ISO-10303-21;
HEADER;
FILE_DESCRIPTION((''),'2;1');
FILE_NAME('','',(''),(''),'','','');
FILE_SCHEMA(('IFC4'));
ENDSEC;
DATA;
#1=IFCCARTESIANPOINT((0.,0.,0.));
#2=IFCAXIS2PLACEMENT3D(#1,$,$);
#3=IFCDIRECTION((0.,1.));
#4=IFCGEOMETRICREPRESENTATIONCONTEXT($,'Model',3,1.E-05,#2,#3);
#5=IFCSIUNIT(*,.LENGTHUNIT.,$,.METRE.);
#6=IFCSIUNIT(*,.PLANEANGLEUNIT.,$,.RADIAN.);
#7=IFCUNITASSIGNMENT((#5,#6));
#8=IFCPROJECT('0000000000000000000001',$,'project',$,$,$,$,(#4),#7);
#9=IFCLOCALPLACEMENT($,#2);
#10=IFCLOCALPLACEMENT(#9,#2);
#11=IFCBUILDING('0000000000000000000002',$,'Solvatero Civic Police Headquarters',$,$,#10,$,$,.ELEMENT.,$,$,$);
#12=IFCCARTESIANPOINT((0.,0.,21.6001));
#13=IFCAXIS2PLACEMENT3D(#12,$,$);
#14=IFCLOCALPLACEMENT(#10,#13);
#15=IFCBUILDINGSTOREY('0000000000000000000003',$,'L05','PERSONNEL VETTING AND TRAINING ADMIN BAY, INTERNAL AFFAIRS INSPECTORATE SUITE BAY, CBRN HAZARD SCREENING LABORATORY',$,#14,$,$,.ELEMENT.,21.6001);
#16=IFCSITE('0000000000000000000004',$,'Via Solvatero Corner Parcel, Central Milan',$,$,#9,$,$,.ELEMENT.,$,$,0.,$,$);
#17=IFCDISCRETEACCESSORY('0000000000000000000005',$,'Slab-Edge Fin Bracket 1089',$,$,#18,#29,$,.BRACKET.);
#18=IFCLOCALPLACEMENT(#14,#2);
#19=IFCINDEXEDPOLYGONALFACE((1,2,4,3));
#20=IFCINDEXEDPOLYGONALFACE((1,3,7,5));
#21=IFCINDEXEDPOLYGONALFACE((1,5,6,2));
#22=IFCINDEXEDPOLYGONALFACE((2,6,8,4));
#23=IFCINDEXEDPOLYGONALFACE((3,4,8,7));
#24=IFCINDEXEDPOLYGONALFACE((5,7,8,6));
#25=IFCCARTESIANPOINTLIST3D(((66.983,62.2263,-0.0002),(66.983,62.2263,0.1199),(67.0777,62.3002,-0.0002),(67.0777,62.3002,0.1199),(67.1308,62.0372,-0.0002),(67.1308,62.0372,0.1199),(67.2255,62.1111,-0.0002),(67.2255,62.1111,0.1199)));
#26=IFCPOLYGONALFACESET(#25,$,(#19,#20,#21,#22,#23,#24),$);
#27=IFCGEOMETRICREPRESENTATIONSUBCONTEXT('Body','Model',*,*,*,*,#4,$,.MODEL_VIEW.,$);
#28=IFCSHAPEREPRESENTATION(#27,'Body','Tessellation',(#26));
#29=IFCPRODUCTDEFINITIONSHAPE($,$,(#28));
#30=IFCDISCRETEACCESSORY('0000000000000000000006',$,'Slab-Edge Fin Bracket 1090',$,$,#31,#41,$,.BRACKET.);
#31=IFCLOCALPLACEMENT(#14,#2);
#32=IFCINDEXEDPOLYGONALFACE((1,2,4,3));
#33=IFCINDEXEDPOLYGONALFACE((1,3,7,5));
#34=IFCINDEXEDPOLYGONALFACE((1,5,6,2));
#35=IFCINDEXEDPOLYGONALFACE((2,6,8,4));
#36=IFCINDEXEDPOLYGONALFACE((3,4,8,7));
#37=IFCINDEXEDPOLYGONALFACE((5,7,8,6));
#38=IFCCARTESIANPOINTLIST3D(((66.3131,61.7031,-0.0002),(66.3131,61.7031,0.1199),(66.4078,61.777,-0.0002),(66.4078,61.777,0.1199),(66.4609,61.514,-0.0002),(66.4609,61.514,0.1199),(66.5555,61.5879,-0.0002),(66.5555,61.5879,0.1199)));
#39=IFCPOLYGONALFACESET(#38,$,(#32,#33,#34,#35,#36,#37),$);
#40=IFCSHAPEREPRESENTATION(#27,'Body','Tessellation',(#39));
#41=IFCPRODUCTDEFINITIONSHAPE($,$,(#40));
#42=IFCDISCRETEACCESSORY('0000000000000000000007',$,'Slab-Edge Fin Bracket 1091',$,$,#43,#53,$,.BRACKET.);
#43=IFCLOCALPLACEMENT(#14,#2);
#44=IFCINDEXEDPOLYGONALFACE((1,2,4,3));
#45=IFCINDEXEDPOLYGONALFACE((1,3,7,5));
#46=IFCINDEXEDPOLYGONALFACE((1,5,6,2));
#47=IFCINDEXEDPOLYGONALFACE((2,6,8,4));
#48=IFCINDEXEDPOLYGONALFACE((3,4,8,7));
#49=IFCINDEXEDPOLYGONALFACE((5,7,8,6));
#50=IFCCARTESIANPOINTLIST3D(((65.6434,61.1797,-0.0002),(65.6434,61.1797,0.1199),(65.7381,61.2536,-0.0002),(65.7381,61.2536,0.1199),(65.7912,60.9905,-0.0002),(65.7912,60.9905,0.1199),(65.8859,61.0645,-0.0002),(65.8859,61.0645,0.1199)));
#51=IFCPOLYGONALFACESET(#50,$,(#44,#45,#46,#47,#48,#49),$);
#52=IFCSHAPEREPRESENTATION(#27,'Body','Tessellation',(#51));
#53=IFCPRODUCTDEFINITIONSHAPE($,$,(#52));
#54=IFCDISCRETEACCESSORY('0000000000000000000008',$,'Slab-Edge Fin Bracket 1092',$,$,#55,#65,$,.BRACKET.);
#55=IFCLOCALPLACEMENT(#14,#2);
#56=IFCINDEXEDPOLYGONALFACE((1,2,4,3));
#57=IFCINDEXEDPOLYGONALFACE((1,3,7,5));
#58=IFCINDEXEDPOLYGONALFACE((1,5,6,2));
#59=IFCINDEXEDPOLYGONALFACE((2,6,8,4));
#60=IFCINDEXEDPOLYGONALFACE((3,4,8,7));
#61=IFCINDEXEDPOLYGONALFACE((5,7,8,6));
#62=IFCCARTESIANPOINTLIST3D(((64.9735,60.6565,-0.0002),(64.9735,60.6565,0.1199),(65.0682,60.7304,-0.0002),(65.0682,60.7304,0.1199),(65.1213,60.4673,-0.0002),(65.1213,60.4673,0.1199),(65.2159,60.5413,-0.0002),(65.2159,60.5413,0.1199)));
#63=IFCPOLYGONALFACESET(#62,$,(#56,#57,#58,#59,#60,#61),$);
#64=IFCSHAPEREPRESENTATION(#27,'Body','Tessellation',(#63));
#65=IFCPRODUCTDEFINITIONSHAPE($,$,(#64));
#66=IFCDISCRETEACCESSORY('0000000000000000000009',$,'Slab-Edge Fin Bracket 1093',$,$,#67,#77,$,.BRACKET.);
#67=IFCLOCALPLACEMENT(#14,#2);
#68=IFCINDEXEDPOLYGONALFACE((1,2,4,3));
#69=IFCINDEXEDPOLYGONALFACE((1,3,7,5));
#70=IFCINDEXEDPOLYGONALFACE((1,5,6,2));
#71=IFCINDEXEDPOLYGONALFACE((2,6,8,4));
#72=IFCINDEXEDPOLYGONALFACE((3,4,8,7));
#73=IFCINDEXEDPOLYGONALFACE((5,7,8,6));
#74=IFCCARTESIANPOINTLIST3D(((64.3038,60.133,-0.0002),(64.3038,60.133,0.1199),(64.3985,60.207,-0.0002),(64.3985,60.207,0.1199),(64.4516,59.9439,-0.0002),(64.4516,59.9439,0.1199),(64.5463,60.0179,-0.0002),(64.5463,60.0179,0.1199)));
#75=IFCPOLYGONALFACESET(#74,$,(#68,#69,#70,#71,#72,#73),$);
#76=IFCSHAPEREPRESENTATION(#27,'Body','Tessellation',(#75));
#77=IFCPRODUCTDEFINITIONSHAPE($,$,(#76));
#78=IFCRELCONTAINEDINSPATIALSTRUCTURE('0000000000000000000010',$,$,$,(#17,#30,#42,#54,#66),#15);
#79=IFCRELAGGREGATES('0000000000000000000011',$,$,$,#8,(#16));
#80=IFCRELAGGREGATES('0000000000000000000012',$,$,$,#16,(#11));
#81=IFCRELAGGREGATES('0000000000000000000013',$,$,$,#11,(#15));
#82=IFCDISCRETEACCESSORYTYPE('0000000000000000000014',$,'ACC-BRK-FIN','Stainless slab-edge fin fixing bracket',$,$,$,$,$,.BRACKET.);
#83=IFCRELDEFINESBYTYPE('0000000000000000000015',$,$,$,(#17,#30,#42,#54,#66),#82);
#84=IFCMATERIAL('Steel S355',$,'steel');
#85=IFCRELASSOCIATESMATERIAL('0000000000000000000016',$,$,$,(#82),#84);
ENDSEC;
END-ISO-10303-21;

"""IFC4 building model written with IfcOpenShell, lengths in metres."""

from ifc_helpers import new_model, si_unit, direction, frame, origin, origin_2d, place, context, subcontext, project, spatial, rectangle, extrude, material, type_object, element, save


model = new_model("IFC4")

# Units and contexts
model_context = context("Model", 3, precision=1e-05, world=origin(), true_north=direction((0.0, 1.0)))
body_context = subcontext(model_context, "Body", "Model", "MODEL_VIEW")
ifc_project = project(units=[si_unit("LENGTHUNIT", "METRE"), si_unit("PLANEANGLEUNIT", "RADIAN")], contexts=[model_context])

# Site, building, storey
site_placement = place(None, origin())
site = spatial("IfcSite", under=ifc_project, at=site_placement, Name="Via Solvatero Corner Parcel, Central Milan", CompositionType="ELEMENT", RefElevation=0.0)
building_placement = place(site_placement, origin())
building = spatial("IfcBuilding", under=site, at=building_placement, Name="Solvatero Civic Police Headquarters", CompositionType="ELEMENT")
storey_placement = place(building_placement, frame((0.0, 0.0, 21.6001)))
storey = spatial("IfcBuildingStorey", under=building, at=storey_placement, Name="L05", Description="PERSONNEL VETTING AND TRAINING ADMIN BAY, INTERNAL AFFAIRS INSPECTORATE SUITE BAY, CBRN HAZARD SCREENING LABORATORY", CompositionType="ELEMENT", Elevation=21.6001)

# Discrete accessories
ifc_material_1 = material(Name="Steel S355", Category="steel")
discrete_accessory_type = type_object("IfcDiscreteAccessoryType", Name="ACC-BRK-FIN", Description="Stainless slab-edge fin fixing bracket", PredefinedType="BRACKET", material=ifc_material_1)
for number, where, z_axis, x_axis, name in (
    (1, (67.1042, 62.1687, -0.0002), (0.0, 0.0, 1.0), (-0.788011, -0.615661, 0.0), "Slab-Edge Fin Bracket 1089"),
    (2, (66.4343, 61.6455, -0.0002), (0.0, 0.0, 1.0), (-0.788011, -0.615661, 0.0), "Slab-Edge Fin Bracket 1090"),
    (3, (65.7646, 61.1221, -0.0002), (0.0, 0.0, 1.0), (-0.788011, -0.615661, 0.0), "Slab-Edge Fin Bracket 1091"),
    (4, (65.0947, 60.5989, -0.0002), (0.0, 0.0, 1.0), (-0.788011, -0.615661, 0.0), "Slab-Edge Fin Bracket 1092"),
    (5, (64.425, 60.0754, -0.0002), (0.0, 0.0, 1.0), (-0.788011, -0.615661, 0.0), "Slab-Edge Fin Bracket 1093"),
):
    element("IfcDiscreteAccessory", number, at=place(storey_placement, frame(where, z_axis=z_axis, x_axis=x_axis)), inside=storey, type_object=discrete_accessory_type, Name=name, PredefinedType="BRACKET", context=body_context, shape_type="SweptSolid", body=[
        extrude(rectangle(XDim=0.1201, YDim=0.24, at=origin_2d()), origin(), (0.0, 0.0, 1.0), 0.1201),
    ])

save(model, "model.ifc")
